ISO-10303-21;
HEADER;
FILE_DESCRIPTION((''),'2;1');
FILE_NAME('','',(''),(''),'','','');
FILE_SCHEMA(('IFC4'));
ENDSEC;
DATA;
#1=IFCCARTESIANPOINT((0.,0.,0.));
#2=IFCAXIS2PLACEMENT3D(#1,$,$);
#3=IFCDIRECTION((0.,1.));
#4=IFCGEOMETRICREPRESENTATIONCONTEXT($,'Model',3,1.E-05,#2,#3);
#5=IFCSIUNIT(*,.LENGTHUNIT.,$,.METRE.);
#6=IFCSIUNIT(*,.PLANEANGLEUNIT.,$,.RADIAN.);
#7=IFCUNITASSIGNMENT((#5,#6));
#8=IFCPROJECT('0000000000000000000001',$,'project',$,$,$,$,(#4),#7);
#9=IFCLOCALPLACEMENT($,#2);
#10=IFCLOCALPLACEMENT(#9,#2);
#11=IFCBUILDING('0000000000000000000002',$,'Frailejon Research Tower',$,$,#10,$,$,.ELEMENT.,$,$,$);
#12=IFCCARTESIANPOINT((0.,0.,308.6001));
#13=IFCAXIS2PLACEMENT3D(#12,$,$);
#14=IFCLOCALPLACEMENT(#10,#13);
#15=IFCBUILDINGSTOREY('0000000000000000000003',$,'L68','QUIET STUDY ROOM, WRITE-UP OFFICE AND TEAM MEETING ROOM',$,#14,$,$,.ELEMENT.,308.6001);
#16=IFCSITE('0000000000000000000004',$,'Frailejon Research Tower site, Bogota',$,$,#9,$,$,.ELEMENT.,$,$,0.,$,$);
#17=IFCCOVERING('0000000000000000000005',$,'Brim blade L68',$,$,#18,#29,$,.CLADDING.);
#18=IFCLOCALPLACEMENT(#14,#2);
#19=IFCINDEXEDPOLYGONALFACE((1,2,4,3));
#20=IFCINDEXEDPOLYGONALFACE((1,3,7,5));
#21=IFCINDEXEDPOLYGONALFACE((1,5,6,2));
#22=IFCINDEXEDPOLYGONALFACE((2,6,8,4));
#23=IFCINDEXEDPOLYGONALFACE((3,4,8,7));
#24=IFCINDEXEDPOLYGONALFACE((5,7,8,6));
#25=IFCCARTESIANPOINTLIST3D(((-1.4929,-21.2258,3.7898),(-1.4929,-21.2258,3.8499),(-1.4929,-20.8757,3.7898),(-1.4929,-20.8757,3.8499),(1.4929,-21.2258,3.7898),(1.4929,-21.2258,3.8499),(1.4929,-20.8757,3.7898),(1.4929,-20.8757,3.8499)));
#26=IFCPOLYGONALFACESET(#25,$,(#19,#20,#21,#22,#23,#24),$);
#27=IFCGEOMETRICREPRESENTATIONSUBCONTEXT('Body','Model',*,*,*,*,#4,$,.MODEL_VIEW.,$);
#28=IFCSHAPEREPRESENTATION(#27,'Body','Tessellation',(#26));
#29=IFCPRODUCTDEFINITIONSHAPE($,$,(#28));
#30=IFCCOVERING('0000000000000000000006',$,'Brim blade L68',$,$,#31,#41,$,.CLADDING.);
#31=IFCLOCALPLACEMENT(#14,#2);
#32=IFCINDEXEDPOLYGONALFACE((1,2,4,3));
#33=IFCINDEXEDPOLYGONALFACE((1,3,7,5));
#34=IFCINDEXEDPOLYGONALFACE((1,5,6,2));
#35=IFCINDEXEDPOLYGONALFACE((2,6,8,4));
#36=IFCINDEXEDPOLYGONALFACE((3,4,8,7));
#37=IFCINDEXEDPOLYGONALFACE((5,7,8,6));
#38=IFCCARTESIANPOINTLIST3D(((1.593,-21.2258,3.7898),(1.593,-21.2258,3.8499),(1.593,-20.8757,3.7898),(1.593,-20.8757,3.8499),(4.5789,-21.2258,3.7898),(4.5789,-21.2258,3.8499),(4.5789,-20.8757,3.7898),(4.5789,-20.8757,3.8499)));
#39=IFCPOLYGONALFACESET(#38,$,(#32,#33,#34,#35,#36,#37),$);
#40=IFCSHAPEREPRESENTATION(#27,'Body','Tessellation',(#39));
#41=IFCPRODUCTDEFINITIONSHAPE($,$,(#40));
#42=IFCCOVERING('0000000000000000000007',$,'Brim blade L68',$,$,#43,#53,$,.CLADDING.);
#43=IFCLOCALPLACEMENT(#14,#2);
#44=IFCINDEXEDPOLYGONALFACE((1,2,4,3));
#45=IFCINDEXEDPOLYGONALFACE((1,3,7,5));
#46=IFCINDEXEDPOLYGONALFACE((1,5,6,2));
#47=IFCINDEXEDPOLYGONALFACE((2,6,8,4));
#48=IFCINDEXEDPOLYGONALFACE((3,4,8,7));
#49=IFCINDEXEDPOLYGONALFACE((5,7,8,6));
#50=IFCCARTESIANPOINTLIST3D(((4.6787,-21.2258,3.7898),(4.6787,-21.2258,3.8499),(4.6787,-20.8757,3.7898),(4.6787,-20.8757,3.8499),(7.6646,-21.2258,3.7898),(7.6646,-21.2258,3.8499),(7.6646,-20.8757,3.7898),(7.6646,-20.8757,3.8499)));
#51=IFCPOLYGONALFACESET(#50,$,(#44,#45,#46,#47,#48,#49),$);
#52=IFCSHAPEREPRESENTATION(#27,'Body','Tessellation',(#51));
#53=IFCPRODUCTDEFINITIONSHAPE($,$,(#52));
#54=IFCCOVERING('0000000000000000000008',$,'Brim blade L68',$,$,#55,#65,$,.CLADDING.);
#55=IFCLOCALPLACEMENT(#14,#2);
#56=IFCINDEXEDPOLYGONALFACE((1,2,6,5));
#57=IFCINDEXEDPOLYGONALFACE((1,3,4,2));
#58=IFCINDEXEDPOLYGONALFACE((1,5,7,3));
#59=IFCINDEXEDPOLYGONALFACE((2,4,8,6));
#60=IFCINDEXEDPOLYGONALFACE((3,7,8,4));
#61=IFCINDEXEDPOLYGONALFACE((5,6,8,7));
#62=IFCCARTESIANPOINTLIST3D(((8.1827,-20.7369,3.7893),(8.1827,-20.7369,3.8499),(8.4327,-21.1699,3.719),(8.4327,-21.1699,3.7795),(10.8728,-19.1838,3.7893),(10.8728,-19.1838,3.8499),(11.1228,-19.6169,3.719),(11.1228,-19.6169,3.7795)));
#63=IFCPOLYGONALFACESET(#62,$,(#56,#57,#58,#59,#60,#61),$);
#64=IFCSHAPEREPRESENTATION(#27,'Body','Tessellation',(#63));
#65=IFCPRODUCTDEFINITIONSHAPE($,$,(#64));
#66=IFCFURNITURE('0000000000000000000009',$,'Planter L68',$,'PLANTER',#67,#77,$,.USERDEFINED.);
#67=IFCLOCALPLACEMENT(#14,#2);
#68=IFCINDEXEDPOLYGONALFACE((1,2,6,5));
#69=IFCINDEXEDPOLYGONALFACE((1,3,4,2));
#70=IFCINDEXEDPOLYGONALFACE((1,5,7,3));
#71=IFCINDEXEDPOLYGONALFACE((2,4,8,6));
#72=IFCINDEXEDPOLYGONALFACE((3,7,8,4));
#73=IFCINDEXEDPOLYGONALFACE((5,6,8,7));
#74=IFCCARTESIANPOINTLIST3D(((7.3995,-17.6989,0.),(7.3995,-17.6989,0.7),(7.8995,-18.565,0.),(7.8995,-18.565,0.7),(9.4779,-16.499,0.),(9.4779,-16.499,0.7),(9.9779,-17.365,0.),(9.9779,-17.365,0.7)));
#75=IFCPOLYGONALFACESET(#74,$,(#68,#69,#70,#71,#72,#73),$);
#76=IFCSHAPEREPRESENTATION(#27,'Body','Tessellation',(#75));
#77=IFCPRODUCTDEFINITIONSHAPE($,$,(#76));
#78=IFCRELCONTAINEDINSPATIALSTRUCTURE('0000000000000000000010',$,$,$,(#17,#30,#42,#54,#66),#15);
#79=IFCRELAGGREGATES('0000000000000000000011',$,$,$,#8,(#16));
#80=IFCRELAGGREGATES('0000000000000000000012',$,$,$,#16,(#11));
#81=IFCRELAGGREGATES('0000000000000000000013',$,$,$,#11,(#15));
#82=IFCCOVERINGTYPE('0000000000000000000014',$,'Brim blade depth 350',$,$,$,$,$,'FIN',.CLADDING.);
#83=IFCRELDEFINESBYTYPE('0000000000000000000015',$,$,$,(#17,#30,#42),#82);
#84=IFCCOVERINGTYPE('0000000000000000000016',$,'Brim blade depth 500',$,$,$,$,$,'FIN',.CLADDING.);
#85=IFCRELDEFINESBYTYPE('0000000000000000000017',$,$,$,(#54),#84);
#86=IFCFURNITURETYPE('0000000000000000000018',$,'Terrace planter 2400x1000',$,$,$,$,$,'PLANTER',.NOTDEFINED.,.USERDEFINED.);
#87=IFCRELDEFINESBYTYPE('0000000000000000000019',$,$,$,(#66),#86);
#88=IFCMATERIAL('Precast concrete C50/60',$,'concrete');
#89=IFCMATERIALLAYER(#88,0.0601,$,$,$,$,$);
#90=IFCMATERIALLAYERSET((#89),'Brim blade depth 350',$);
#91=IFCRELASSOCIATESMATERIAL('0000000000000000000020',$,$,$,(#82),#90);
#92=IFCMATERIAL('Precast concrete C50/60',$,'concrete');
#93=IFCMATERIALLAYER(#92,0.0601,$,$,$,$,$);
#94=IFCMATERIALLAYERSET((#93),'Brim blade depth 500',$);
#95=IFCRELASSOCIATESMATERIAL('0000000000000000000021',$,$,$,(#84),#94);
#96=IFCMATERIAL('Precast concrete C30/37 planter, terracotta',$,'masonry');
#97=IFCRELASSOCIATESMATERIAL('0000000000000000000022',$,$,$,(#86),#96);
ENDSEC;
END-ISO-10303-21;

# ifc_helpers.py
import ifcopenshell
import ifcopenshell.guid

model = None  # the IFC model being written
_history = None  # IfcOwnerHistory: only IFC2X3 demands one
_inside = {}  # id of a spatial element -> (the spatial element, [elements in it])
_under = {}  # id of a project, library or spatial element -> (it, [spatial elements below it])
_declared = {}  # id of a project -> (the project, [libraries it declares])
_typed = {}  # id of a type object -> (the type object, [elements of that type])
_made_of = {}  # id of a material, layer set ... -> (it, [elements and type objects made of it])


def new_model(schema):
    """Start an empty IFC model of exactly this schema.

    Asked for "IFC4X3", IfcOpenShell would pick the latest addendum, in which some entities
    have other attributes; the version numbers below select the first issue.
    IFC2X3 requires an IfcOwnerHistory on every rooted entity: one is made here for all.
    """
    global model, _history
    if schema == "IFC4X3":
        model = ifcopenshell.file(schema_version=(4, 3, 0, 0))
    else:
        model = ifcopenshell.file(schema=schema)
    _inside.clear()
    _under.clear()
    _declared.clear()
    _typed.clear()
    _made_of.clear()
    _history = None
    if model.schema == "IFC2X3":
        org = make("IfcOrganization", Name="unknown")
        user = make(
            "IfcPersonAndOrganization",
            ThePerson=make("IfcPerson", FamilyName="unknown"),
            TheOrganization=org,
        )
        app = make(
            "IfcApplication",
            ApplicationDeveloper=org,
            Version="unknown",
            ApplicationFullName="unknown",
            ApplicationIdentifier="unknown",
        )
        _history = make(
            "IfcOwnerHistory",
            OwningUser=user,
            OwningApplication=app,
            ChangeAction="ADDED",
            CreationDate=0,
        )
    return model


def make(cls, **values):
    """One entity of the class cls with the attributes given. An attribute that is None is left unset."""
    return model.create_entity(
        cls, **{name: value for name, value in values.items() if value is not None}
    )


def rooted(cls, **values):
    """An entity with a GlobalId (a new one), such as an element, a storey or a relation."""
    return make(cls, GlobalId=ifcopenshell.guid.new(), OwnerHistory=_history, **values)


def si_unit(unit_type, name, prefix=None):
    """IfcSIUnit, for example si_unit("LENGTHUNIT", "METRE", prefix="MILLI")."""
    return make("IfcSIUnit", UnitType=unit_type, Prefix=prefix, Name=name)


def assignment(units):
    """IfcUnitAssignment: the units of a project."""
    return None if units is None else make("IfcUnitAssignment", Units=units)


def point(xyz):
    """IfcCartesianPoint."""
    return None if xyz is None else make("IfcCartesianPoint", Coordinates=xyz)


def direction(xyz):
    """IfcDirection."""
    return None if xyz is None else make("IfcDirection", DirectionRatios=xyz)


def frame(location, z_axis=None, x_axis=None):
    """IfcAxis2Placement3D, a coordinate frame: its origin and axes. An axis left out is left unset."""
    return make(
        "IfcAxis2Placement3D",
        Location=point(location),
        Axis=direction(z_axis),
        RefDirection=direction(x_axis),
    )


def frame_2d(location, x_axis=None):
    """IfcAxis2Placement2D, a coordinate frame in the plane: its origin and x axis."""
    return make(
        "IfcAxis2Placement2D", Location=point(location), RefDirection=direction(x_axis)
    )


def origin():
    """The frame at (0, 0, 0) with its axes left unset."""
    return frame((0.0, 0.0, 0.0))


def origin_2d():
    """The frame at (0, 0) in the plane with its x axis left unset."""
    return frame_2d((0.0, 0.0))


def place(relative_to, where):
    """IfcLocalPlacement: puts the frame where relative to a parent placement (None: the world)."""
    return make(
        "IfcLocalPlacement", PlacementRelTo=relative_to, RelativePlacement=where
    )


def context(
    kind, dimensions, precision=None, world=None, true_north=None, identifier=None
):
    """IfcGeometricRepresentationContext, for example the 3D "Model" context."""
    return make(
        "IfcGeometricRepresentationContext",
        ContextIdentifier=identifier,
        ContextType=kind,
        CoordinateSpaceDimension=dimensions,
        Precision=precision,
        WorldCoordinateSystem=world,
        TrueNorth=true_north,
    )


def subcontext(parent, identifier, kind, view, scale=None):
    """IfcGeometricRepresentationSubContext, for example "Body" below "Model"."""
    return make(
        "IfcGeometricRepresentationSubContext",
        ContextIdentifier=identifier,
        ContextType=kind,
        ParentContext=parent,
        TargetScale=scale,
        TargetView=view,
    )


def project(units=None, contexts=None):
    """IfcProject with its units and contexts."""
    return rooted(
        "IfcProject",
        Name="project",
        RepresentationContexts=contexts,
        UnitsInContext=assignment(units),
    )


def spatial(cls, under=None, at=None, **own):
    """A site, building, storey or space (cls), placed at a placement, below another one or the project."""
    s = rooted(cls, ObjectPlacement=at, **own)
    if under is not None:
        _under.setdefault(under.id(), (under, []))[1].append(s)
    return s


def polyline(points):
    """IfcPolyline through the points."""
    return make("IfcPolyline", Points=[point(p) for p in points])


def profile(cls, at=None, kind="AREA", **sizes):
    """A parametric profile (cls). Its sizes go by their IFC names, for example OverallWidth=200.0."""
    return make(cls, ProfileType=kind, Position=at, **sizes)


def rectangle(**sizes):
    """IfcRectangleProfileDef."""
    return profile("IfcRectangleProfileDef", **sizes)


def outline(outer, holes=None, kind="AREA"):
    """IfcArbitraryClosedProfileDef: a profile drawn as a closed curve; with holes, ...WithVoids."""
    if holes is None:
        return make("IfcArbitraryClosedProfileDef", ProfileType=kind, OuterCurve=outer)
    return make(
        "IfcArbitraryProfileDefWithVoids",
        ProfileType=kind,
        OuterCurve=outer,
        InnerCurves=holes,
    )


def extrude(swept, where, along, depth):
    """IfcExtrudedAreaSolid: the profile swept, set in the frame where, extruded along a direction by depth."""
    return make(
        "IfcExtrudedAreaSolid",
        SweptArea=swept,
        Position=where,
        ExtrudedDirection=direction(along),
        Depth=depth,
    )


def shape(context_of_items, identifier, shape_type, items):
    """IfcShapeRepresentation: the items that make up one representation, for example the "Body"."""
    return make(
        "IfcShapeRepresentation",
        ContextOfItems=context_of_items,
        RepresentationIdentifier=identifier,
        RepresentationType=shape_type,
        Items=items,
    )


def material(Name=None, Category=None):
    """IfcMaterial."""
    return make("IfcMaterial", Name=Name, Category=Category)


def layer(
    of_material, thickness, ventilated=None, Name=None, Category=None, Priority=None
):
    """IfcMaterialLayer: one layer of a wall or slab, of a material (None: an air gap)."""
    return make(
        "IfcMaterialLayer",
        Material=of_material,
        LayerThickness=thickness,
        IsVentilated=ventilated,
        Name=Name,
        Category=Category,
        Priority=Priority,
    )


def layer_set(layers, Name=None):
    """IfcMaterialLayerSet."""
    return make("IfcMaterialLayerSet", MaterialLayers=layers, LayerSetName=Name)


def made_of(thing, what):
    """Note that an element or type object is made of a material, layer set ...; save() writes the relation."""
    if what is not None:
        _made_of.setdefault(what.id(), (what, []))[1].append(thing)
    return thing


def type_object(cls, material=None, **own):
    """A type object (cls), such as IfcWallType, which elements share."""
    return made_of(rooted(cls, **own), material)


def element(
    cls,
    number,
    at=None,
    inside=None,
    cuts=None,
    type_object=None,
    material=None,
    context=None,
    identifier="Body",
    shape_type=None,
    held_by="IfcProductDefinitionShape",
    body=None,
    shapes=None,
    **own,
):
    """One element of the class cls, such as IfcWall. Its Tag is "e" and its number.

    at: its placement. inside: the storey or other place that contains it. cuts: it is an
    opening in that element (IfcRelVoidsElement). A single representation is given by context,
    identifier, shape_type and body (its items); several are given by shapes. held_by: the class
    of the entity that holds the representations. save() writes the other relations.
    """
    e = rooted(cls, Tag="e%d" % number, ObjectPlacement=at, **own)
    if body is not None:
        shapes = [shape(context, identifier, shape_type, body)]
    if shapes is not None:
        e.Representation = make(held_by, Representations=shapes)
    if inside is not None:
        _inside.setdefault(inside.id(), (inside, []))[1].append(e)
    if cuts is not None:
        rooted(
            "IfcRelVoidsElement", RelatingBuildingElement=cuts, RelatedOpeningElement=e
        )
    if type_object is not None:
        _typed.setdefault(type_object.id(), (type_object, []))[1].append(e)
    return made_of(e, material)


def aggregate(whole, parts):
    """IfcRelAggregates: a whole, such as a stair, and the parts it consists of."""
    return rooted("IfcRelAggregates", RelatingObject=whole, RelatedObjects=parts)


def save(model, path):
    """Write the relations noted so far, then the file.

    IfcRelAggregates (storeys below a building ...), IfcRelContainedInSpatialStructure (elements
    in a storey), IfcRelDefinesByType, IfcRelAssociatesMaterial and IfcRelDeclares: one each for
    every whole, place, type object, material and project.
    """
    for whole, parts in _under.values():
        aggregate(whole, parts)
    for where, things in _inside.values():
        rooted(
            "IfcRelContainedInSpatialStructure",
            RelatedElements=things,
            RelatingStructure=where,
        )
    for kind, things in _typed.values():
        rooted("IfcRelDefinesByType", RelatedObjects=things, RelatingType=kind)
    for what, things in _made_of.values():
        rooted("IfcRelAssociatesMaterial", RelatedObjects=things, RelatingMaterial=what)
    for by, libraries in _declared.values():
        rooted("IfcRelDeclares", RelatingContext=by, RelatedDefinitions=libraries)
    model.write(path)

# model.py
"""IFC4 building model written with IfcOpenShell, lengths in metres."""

from ifc_helpers import new_model, si_unit, direction, frame, origin, origin_2d, place, context, subcontext, project, spatial, polyline, rectangle, outline, extrude, material, layer, layer_set, type_object, element, save


model = new_model("IFC4")

# Units and contexts
model_context = context("Model", 3, precision=1e-05, world=origin(), true_north=direction((0.0, 1.0)))
body_context = subcontext(model_context, "Body", "Model", "MODEL_VIEW")
ifc_project = project(units=[si_unit("LENGTHUNIT", "METRE"), si_unit("PLANEANGLEUNIT", "RADIAN")], contexts=[model_context])

# Site, building, storey
site_placement = place(None, origin())
site = spatial("IfcSite", under=ifc_project, at=site_placement, Name="Frailejon Research Tower site, Bogota", CompositionType="ELEMENT", RefElevation=0.0)
building_placement = place(site_placement, origin())
building = spatial("IfcBuilding", under=site, at=building_placement, Name="Frailejon Research Tower", CompositionType="ELEMENT")
storey_placement = place(building_placement, frame((0.0, 0.0, 308.6001)))
storey = spatial("IfcBuildingStorey", under=building, at=storey_placement, Name="L68", Description="QUIET STUDY ROOM, WRITE-UP OFFICE AND TEAM MEETING ROOM", CompositionType="ELEMENT", Elevation=308.6001)

# Coverings
ifc_material_1 = material(Name="Precast concrete C50/60", Category="concrete")
ifc_layer_1 = layer(ifc_material_1, 0.0601)
ifc_layer_set_1 = layer_set([ifc_layer_1], Name="Brim blade depth 350")
covering_type_1 = type_object("IfcCoveringType", Name="Brim blade depth 350", ElementType="FIN", PredefinedType="CLADDING", material=ifc_layer_set_1)
for number, where, z_axis, x_axis, name in (
    (1, (1.4929, -20.8757, 3.8499), (-1.0, 0.0, 0.0), (0.0, -1.0, 0.0), "Brim blade L68"),
    (2, (4.5789, -20.8757, 3.8499), (-1.0, 0.0, 0.0), (0.0, -1.0, 0.0), "Brim blade L68"),
    (3, (7.6646, -20.8757, 3.8499), (-1.0, 0.0, 0.0), (0.0, -1.0, 0.0), "Brim blade L68"),
):
    element("IfcCovering", number, at=place(storey_placement, frame(where, z_axis=z_axis, x_axis=x_axis)), inside=storey, type_object=covering_type_1, Name=name, PredefinedType="CLADDING", context=body_context, shape_type="SweptSolid", body=[
        extrude(outline(polyline([(0.0, -0.0601), (0.3501, -0.0601), (0.3501, 0.0), (0.0, 0.0), (0.0, -0.0601)])), origin(), (0.0, 0.0, 1.0), 2.9858),
    ])
ifc_material_2 = material(Name="Precast concrete C50/60", Category="concrete")
ifc_layer_2 = layer(ifc_material_2, 0.0601)
ifc_layer_set_2 = layer_set([ifc_layer_2], Name="Brim blade depth 500")
covering_type_2 = type_object("IfcCoveringType", Name="Brim blade depth 500", ElementType="FIN", PredefinedType="CLADDING", material=ifc_layer_set_2)
covering_placement = place(storey_placement, frame((10.8728, -19.1838, 3.8499), z_axis=(-0.866035, -0.499983, 0.0), x_axis=(0.499983, -0.866035, 0.0)))
element("IfcCovering", 4, at=covering_placement, inside=storey, type_object=covering_type_2, Name="Brim blade L68", PredefinedType="CLADDING", context=body_context, shape_type="SweptSolid", body=[
    extrude(outline(polyline([(0.0, -0.0605), (0.5, -0.1309), (0.5, -0.0703), (0.0, 0.0), (0.0, -0.0605)])), origin(), (0.0, 0.0, 1.0), 3.1062),
])

# Furniture
ifc_material_3 = material(Name="Precast concrete C30/37 planter, terracotta", Category="masonry")
furniture_type = type_object("IfcFurnitureType", Name="Terrace planter 2400x1000", ElementType="PLANTER", AssemblyPlace="NOTDEFINED", PredefinedType="USERDEFINED", material=ifc_material_3)
furniture_placement = place(storey_placement, frame((8.6887, -17.532, 0.0), z_axis=(0.0, 0.0, 1.0), x_axis=(0.866025, 0.5, 0.0)))
element("IfcFurniture", 5, at=furniture_placement, inside=storey, type_object=furniture_type, Name="Planter L68", ObjectType="PLANTER", PredefinedType="USERDEFINED", context=body_context, shape_type="SweptSolid", body=[
    extrude(rectangle(XDim=2.3999, YDim=1.0, at=origin_2d()), origin(), (0.0, 0.0, 1.0), 0.7),
])

save(model, "model.ifc")
